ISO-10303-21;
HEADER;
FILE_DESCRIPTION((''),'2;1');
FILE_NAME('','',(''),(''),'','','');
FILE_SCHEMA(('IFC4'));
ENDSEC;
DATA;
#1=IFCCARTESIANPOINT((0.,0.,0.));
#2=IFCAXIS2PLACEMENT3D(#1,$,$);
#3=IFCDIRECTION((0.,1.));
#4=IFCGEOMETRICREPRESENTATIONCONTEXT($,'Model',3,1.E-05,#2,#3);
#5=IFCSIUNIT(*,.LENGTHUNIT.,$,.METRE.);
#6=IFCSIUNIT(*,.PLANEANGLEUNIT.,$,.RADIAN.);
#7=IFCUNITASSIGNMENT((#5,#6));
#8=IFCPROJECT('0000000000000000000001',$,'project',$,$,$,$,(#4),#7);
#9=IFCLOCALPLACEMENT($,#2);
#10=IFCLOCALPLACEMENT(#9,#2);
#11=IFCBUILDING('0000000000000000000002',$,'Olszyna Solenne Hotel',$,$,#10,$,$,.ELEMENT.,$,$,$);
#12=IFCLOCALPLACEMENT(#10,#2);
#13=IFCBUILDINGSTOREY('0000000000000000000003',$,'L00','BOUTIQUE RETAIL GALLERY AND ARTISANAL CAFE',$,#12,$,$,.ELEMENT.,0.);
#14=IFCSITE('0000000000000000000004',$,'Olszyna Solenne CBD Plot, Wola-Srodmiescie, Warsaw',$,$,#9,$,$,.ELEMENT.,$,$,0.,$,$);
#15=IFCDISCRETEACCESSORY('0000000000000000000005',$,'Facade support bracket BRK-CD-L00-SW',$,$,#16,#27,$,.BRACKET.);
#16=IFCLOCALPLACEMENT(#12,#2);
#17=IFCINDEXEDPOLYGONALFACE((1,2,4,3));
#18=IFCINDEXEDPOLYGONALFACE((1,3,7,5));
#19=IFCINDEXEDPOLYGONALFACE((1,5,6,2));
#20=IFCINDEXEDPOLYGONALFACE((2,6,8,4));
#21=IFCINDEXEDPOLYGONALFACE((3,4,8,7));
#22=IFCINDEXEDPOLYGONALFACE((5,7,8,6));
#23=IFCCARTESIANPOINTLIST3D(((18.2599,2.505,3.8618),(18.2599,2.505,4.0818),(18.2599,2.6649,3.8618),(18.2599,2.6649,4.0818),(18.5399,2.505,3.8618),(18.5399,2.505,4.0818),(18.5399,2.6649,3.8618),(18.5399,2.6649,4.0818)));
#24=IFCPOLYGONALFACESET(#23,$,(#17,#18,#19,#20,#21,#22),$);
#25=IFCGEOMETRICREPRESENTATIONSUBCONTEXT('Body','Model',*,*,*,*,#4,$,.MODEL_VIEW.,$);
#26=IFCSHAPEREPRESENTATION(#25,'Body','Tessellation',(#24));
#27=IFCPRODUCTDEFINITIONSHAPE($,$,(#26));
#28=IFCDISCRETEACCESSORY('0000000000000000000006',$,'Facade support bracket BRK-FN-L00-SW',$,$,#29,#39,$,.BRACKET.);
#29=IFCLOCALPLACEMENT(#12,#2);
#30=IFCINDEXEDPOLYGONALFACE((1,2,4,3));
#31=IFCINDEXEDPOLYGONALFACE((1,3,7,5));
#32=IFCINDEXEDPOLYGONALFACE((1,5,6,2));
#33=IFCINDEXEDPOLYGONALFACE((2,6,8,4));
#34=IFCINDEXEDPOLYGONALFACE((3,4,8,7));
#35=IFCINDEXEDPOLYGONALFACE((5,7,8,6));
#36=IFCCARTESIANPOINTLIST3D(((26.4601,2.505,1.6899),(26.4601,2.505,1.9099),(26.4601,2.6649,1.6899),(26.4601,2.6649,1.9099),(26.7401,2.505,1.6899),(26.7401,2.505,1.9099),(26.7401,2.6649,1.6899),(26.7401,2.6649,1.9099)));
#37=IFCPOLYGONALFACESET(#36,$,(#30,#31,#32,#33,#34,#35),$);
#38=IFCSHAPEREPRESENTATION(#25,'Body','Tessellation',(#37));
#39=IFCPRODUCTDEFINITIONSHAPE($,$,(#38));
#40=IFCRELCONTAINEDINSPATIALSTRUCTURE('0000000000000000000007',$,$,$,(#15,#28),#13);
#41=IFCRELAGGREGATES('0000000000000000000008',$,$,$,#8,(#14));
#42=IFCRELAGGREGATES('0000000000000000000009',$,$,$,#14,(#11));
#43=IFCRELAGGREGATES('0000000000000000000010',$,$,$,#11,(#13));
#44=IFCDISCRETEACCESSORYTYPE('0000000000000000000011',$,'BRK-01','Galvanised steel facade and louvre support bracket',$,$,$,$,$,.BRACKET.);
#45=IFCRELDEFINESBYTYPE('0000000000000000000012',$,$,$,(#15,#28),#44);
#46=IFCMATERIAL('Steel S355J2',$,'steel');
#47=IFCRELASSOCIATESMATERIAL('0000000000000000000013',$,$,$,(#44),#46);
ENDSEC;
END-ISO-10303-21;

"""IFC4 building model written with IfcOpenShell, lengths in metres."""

from ifc_helpers import new_model, si_unit, direction, frame, origin, origin_2d, place, context, subcontext, project, spatial, rectangle, extrude, source, transform, mapped, material, type_object, element, save


model = new_model("IFC4")

# Units and contexts
model_context = context("Model", 3, precision=1e-05, world=origin(), true_north=direction((0.0, 1.0)))
body_context = subcontext(model_context, "Body", "Model", "MODEL_VIEW")
ifc_project = project(units=[si_unit("LENGTHUNIT", "METRE"), si_unit("PLANEANGLEUNIT", "RADIAN")], contexts=[model_context])

# Site, building, storey
site_placement = place(None, origin())
site = spatial("IfcSite", under=ifc_project, at=site_placement, Name="Olszyna Solenne CBD Plot, Wola-Srodmiescie, Warsaw", CompositionType="ELEMENT", RefElevation=0.0)
building_placement = place(site_placement, origin())
building = spatial("IfcBuilding", under=site, at=building_placement, Name="Olszyna Solenne Hotel", CompositionType="ELEMENT")
storey_placement = place(building_placement, origin())
storey = spatial("IfcBuildingStorey", under=building, at=storey_placement, Name="L00", Description="BOUTIQUE RETAIL GALLERY AND ARTISANAL CAFE", CompositionType="ELEMENT", Elevation=0.0)

# Shared definitions
ifc_material_1 = material(Name="Steel S355J2", Category="steel")

# Discrete accessories
discrete_accessory_type = type_object("IfcDiscreteAccessoryType", Name="BRK-01", Description="Galvanised steel facade and louvre support bracket", PredefinedType="BRACKET", material=ifc_material_1)
shared_shape_1 = source(origin(), body_context, "Body", "SweptSolid", [
    extrude(rectangle(XDim=0.28, YDim=0.1599, at=origin_2d()), origin(), (0.0, 0.0, 1.0), 0.22),
])
for number, where, z_axis, x_axis, name in (
    (1, (18.3999, 2.585, 3.8618), (0.0, 0.0, 1.0), (-1.0, 0.0, 0.0), "Facade support bracket BRK-CD-L00-SW"),
    (2, (26.6001, 2.585, 1.6899), (0.0, 0.0, 1.0), (-1.0, 0.0, 0.0), "Facade support bracket BRK-FN-L00-SW"),
):
    element("IfcDiscreteAccessory", number, at=place(storey_placement, frame(where, z_axis=z_axis, x_axis=x_axis)), inside=storey, type_object=discrete_accessory_type, Name=name, PredefinedType="BRACKET", context=body_context, shape_type="MappedRepresentation", body=[
        mapped(shared_shape_1, transform((0.0, 0.0, 0.0), x_axis=(1.0, 0.0, 0.0), y_axis=(0.0, 1.0, 0.0), z_axis=(0.0, 0.0, 1.0), scale=1.0)),
    ])

save(model, "model.ifc")
